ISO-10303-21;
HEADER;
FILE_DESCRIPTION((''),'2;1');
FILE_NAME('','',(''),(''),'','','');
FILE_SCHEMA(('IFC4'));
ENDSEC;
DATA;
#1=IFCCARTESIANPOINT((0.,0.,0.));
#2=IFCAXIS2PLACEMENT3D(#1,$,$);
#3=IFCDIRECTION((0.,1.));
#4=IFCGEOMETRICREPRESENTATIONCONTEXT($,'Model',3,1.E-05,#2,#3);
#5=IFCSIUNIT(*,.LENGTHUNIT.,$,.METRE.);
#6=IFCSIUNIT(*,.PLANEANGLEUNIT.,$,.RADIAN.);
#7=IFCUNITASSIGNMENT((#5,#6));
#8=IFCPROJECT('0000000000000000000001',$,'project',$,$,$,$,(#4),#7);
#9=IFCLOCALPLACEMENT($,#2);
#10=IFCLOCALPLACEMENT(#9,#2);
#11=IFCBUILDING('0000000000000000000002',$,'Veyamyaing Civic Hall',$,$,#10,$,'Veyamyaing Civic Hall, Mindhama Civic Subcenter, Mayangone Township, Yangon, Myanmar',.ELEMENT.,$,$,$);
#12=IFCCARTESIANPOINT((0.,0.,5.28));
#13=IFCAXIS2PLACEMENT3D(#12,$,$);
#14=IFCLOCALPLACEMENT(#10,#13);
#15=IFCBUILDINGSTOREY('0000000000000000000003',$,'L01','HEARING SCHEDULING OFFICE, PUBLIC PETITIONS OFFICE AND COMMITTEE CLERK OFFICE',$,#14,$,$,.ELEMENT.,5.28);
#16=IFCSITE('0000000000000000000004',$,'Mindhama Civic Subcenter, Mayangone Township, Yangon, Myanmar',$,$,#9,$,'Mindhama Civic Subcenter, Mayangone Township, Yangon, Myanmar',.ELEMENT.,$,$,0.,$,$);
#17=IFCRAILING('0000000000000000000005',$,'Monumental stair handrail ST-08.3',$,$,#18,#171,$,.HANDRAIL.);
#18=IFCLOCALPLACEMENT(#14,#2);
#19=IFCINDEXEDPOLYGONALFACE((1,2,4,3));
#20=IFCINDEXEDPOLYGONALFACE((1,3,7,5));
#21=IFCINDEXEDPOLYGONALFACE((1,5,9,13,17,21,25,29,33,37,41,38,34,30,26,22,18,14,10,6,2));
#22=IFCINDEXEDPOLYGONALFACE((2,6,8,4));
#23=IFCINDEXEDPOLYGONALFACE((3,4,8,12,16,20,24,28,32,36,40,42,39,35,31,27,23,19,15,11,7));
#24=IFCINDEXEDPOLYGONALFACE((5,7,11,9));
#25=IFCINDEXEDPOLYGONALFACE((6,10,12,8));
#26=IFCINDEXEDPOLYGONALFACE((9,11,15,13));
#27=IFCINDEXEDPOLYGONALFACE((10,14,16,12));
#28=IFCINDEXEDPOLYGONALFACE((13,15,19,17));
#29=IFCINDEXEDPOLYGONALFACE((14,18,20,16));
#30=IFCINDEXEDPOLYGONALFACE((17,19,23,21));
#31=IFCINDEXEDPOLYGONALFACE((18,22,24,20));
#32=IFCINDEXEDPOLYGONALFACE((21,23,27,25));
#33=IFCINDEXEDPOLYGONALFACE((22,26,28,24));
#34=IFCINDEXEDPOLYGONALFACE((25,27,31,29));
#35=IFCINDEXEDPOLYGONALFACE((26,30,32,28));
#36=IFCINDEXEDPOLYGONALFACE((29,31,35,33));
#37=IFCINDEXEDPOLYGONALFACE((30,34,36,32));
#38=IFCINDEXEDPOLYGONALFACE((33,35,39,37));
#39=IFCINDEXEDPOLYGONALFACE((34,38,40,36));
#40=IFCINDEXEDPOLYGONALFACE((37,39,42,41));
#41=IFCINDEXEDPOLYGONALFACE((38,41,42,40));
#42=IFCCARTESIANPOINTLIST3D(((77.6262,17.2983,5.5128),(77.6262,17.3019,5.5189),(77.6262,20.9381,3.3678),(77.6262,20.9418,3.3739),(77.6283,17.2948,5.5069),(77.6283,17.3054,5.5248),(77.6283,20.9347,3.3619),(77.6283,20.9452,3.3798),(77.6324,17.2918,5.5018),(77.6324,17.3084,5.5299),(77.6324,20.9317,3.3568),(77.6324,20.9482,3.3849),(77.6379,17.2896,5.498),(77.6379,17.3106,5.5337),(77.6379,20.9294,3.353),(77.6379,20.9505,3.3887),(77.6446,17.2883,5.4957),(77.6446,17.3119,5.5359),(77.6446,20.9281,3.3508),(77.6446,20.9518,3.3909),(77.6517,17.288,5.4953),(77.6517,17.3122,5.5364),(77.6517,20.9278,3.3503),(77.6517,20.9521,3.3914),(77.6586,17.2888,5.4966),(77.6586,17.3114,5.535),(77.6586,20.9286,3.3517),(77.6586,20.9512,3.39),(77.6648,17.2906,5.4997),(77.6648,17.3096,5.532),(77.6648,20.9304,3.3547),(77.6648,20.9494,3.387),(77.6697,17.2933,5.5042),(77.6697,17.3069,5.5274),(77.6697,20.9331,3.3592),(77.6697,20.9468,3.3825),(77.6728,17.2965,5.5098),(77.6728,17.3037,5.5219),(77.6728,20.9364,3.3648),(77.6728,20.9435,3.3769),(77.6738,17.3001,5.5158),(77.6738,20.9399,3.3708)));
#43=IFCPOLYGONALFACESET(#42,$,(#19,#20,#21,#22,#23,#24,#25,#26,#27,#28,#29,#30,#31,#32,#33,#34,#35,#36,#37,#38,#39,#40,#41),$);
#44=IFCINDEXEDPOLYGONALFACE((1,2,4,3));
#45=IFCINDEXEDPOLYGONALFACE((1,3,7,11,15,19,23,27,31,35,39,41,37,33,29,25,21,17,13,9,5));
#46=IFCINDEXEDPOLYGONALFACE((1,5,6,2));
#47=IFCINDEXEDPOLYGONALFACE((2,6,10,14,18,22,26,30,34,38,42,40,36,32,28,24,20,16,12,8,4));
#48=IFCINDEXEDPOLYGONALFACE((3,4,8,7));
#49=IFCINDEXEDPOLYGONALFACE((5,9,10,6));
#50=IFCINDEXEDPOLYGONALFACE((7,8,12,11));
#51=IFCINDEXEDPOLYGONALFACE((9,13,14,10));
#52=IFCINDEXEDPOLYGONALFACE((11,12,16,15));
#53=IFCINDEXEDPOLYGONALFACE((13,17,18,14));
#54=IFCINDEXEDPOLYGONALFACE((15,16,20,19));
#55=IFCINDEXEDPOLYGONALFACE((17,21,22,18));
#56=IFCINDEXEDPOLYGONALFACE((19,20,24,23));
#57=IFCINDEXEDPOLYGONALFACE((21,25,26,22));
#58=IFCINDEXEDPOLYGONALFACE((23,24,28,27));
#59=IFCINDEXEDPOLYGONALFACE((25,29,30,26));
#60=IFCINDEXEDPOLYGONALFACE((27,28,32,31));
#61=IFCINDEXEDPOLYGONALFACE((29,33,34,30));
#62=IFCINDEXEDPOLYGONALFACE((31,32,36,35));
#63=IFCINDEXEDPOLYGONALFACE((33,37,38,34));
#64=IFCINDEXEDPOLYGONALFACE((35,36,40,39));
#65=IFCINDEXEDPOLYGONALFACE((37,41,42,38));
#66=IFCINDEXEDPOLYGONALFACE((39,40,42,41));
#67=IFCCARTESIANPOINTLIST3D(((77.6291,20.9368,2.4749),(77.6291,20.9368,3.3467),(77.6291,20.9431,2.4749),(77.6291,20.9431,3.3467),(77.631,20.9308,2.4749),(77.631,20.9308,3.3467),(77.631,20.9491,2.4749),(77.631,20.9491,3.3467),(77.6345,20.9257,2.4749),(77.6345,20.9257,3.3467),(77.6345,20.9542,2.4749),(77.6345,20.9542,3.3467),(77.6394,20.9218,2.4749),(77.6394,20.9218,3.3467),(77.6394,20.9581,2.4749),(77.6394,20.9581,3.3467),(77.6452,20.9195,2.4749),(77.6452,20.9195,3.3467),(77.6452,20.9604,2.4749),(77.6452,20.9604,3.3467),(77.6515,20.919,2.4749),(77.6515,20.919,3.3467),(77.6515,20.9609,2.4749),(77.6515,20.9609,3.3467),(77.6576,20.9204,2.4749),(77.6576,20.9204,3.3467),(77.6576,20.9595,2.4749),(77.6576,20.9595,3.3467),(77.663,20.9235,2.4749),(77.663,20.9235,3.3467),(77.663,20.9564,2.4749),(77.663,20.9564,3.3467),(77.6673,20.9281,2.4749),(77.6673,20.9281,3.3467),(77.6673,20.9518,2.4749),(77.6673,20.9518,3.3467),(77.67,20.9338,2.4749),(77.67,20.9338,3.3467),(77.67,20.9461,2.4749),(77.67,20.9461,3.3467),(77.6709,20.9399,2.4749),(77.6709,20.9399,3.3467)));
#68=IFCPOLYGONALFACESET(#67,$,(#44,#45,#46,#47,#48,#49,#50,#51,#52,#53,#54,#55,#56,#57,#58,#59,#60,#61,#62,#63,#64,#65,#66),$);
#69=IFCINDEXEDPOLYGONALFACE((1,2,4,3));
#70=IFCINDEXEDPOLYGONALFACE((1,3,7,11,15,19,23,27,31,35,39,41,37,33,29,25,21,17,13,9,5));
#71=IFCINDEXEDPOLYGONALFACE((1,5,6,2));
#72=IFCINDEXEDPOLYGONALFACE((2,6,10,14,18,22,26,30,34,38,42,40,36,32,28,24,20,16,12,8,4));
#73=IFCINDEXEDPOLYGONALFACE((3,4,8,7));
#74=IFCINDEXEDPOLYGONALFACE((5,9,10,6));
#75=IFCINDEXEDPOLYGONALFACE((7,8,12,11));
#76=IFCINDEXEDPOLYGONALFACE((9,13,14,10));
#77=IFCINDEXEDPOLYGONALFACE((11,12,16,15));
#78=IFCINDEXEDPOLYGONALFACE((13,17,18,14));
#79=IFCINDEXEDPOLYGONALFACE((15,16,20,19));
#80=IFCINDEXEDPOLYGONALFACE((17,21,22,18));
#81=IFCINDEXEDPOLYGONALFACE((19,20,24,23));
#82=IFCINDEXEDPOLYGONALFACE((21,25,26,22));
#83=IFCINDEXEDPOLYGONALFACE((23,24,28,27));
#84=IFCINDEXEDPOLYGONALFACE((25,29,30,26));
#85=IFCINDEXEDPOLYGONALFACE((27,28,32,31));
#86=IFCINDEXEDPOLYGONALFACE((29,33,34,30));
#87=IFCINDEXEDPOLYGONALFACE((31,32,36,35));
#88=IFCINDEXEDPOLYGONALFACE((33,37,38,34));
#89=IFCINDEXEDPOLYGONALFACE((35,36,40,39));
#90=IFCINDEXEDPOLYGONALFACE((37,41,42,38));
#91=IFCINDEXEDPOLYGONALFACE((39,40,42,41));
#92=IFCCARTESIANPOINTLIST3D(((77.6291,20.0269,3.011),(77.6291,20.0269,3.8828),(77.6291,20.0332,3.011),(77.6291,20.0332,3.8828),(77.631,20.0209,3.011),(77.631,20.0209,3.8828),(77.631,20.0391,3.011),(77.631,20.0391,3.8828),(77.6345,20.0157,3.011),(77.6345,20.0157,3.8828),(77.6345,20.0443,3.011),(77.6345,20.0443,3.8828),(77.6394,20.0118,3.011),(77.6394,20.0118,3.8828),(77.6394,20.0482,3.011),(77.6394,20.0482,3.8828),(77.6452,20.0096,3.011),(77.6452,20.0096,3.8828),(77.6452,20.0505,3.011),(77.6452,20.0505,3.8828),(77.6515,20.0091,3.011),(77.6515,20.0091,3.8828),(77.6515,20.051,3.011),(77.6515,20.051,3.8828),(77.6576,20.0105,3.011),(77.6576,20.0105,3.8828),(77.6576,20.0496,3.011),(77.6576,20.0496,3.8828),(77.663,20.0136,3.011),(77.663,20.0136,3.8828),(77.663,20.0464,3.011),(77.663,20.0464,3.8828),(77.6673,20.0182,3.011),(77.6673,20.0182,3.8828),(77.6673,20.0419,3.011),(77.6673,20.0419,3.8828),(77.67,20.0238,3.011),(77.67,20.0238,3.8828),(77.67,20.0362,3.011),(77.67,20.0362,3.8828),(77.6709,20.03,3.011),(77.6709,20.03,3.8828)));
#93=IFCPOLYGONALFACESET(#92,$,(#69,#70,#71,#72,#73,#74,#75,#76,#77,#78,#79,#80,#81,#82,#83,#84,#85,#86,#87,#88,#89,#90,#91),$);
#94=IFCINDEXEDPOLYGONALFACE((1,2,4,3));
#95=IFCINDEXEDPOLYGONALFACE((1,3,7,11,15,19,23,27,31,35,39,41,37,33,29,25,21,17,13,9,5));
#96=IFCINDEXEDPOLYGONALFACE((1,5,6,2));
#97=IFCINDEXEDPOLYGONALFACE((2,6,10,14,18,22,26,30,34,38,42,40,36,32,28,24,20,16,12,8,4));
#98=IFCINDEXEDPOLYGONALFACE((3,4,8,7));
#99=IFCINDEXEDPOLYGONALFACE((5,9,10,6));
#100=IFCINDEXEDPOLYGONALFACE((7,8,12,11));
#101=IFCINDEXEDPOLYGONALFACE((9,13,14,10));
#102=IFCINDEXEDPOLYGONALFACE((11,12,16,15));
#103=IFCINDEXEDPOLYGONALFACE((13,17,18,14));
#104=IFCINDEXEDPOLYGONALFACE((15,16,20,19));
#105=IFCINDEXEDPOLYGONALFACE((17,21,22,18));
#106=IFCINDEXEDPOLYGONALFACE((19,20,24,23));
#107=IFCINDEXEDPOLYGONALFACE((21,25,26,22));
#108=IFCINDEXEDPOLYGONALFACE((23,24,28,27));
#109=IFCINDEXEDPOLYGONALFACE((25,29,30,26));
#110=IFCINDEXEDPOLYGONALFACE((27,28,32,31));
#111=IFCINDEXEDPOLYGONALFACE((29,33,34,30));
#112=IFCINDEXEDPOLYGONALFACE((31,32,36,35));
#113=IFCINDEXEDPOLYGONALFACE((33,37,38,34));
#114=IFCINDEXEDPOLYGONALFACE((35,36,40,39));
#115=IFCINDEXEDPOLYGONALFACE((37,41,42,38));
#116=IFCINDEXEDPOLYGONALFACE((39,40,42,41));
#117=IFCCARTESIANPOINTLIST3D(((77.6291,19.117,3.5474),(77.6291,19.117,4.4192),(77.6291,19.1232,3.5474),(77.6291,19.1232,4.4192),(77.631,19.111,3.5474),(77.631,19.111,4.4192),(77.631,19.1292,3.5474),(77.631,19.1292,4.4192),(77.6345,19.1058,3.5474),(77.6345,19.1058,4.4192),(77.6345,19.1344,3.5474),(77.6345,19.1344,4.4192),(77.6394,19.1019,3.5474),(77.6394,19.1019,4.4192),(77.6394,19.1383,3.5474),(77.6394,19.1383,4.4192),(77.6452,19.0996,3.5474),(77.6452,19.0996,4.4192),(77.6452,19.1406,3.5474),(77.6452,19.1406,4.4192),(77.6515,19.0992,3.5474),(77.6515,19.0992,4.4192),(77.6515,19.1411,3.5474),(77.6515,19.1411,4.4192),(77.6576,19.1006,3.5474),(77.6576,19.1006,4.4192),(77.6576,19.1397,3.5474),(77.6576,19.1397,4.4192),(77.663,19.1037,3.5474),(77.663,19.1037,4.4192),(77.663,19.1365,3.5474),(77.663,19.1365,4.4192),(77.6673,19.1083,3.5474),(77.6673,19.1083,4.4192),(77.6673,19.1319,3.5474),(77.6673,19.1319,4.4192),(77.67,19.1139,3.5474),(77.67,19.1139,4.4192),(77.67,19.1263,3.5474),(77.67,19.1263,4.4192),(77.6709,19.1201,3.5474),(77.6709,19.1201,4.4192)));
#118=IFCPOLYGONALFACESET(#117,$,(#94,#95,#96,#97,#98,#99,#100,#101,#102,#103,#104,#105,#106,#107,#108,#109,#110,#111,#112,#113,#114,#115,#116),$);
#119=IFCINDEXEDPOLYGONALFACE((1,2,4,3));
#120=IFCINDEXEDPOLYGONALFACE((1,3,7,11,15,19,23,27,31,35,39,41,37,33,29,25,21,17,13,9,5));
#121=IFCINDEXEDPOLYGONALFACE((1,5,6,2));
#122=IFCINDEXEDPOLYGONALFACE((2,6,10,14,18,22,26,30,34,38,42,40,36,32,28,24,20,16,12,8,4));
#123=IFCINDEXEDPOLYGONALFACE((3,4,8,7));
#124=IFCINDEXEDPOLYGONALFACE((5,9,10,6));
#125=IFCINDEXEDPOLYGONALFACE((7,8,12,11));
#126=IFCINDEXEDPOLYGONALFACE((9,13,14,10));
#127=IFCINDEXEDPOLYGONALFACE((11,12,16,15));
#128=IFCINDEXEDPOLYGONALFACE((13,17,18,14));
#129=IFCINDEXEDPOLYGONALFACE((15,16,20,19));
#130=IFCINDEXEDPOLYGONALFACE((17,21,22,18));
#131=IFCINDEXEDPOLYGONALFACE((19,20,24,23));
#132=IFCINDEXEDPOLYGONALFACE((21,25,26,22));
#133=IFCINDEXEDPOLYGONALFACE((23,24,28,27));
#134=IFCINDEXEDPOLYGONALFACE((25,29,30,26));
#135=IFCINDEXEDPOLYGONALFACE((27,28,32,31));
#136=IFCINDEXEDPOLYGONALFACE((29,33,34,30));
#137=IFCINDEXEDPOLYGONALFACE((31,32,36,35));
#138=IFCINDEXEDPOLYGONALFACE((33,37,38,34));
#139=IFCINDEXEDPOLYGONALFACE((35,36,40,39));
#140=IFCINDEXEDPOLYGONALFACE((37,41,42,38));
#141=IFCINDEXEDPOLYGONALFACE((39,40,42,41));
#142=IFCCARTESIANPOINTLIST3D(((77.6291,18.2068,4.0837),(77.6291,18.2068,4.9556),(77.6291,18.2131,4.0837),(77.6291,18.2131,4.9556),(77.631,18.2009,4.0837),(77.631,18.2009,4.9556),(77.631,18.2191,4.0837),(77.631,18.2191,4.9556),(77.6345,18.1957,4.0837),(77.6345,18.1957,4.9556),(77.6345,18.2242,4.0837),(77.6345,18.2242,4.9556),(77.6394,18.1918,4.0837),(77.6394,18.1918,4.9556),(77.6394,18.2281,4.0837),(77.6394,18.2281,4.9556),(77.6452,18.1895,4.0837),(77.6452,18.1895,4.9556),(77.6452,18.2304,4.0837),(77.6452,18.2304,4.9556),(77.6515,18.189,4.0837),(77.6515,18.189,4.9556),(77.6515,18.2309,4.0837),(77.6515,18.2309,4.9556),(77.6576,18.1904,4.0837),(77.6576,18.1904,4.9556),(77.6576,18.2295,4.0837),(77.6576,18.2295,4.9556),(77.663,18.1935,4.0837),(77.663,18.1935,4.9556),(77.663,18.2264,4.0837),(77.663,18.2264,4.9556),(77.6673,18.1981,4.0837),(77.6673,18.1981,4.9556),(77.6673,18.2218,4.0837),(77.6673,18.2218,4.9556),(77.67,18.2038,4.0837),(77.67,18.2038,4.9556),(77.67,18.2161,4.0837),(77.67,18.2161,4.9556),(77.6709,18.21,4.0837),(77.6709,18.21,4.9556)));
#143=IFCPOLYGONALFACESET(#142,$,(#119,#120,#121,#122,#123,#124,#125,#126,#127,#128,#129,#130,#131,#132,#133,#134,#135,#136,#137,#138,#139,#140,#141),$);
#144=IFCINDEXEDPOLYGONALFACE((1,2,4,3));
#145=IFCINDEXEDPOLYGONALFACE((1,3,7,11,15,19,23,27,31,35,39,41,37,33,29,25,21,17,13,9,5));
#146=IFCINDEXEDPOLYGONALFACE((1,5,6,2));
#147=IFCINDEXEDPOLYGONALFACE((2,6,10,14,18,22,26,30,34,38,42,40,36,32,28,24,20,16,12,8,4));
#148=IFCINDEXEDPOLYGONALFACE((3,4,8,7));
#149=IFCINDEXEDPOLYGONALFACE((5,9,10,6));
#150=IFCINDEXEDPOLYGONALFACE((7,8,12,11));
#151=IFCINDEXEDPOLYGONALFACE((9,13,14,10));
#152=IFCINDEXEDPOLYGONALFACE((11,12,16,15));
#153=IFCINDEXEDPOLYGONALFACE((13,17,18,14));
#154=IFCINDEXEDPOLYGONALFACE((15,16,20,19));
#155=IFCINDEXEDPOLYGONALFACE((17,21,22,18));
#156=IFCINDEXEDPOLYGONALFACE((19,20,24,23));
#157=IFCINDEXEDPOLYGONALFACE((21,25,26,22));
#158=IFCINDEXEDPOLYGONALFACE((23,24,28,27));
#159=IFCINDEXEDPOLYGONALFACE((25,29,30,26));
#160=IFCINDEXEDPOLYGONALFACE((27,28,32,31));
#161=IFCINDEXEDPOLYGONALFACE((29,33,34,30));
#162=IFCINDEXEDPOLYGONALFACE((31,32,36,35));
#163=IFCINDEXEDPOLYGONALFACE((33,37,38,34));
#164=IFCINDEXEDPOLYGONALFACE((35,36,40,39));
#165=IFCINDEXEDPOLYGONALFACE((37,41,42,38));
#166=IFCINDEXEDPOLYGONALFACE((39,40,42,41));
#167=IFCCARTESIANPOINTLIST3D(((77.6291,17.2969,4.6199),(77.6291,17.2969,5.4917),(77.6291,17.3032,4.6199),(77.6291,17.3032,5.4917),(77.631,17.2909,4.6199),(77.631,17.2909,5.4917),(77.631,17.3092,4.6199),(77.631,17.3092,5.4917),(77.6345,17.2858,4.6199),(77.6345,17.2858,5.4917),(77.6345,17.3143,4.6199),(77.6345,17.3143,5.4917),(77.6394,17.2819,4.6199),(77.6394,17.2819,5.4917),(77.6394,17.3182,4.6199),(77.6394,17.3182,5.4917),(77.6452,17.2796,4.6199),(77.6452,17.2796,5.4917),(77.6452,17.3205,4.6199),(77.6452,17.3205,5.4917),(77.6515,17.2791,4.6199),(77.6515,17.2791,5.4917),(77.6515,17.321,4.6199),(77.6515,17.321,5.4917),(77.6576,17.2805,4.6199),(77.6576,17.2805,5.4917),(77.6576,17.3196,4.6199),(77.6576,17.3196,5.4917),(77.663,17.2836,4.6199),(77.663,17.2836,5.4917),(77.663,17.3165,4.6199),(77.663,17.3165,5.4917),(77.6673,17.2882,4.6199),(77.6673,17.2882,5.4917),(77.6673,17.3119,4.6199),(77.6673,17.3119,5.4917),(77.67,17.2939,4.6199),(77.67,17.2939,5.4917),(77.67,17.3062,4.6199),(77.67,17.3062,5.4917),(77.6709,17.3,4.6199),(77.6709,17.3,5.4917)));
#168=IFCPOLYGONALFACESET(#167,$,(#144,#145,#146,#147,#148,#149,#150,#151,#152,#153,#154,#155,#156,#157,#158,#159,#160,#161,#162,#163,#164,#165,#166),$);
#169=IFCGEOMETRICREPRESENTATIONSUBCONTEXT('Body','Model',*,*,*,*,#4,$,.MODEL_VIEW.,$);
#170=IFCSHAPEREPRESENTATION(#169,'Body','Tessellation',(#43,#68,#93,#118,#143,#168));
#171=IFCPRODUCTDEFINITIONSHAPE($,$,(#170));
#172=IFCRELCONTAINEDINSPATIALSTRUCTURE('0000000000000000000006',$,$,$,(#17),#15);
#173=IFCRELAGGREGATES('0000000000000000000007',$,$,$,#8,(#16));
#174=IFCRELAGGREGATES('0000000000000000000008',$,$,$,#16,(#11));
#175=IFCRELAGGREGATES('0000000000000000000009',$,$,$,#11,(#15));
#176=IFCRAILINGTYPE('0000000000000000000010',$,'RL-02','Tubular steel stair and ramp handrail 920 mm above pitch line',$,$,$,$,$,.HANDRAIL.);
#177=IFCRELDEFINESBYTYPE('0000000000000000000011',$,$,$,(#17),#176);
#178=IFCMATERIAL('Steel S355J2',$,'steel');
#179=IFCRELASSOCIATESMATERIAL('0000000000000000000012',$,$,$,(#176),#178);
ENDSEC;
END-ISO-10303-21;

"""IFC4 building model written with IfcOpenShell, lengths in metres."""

from ifc_helpers import new_model, si_unit, direction, frame, origin, origin_2d, place, context, subcontext, project, spatial, circle, extrude, material, type_object, element, save


model = new_model("IFC4")

# Units and contexts
model_context = context("Model", 3, precision=1e-05, world=origin(), true_north=direction((0.0, 1.0)))
body_context = subcontext(model_context, "Body", "Model", "MODEL_VIEW")
ifc_project = project(units=[si_unit("LENGTHUNIT", "METRE"), si_unit("PLANEANGLEUNIT", "RADIAN")], contexts=[model_context])

# Site, building, storey
site_placement = place(None, origin())
site = spatial("IfcSite", under=ifc_project, at=site_placement, Name="Mindhama Civic Subcenter, Mayangone Township, Yangon, Myanmar", LongName="Mindhama Civic Subcenter, Mayangone Township, Yangon, Myanmar", CompositionType="ELEMENT", RefElevation=0.0)
building_placement = place(site_placement, origin())
building = spatial("IfcBuilding", under=site, at=building_placement, Name="Veyamyaing Civic Hall", LongName="Veyamyaing Civic Hall, Mindhama Civic Subcenter, Mayangone Township, Yangon, Myanmar", CompositionType="ELEMENT")
storey_placement = place(building_placement, frame((0.0, 0.0, 5.28)))
storey = spatial("IfcBuildingStorey", under=building, at=storey_placement, Name="L01", Description="HEARING SCHEDULING OFFICE, PUBLIC PETITIONS OFFICE AND COMMITTEE CLERK OFFICE", CompositionType="ELEMENT", Elevation=5.28)

# Railing
ifc_material_1 = material(Name="Steel S355J2", Category="steel")
railing_type_1 = type_object("IfcRailingType", Name="RL-02", Description="Tubular steel stair and ramp handrail 920 mm above pitch line", PredefinedType="HANDRAIL", material=ifc_material_1)
for number, where, name in (
    (1, (77.6499, 20.9399, 2.4749), "Monumental stair handrail ST-08.3"),
):
    element("IfcRailing", number, at=place(storey_placement, frame(where)), inside=storey, type_object=railing_type_1, Name=name, PredefinedType="HANDRAIL", context=body_context, shape_type="SweptSolid", body=[
        extrude(circle(Radius=0.0239, at=origin_2d()), frame((0.0, 0.0, 0.896), z_axis=(0.0, -0.86153, 0.507707), x_axis=(1.0, 0.0, 0.0)), (0.0, 0.0, 1.0), 4.2249),
        extrude(circle(Radius=0.021, at=origin_2d()), origin(), (0.0, 0.0, 1.0), 0.8718),
        extrude(circle(Radius=0.021, at=origin_2d()), frame((0.0, -0.9099, 0.5361)), (0.0, 0.0, 1.0), 0.8718),
        extrude(circle(Radius=0.021, at=origin_2d()), frame((0.0, -1.8198, 1.0725)), (0.0, 0.0, 1.0), 0.8718),
        extrude(circle(Radius=0.021, at=origin_2d()), frame((0.0, -2.73, 1.6089)), (0.0, 0.0, 1.0), 0.8718),
        extrude(circle(Radius=0.021, at=origin_2d()), frame((0.0, -3.6399, 2.145)), (0.0, 0.0, 1.0), 0.8718),
    ])

save(model, "model.ifc")
